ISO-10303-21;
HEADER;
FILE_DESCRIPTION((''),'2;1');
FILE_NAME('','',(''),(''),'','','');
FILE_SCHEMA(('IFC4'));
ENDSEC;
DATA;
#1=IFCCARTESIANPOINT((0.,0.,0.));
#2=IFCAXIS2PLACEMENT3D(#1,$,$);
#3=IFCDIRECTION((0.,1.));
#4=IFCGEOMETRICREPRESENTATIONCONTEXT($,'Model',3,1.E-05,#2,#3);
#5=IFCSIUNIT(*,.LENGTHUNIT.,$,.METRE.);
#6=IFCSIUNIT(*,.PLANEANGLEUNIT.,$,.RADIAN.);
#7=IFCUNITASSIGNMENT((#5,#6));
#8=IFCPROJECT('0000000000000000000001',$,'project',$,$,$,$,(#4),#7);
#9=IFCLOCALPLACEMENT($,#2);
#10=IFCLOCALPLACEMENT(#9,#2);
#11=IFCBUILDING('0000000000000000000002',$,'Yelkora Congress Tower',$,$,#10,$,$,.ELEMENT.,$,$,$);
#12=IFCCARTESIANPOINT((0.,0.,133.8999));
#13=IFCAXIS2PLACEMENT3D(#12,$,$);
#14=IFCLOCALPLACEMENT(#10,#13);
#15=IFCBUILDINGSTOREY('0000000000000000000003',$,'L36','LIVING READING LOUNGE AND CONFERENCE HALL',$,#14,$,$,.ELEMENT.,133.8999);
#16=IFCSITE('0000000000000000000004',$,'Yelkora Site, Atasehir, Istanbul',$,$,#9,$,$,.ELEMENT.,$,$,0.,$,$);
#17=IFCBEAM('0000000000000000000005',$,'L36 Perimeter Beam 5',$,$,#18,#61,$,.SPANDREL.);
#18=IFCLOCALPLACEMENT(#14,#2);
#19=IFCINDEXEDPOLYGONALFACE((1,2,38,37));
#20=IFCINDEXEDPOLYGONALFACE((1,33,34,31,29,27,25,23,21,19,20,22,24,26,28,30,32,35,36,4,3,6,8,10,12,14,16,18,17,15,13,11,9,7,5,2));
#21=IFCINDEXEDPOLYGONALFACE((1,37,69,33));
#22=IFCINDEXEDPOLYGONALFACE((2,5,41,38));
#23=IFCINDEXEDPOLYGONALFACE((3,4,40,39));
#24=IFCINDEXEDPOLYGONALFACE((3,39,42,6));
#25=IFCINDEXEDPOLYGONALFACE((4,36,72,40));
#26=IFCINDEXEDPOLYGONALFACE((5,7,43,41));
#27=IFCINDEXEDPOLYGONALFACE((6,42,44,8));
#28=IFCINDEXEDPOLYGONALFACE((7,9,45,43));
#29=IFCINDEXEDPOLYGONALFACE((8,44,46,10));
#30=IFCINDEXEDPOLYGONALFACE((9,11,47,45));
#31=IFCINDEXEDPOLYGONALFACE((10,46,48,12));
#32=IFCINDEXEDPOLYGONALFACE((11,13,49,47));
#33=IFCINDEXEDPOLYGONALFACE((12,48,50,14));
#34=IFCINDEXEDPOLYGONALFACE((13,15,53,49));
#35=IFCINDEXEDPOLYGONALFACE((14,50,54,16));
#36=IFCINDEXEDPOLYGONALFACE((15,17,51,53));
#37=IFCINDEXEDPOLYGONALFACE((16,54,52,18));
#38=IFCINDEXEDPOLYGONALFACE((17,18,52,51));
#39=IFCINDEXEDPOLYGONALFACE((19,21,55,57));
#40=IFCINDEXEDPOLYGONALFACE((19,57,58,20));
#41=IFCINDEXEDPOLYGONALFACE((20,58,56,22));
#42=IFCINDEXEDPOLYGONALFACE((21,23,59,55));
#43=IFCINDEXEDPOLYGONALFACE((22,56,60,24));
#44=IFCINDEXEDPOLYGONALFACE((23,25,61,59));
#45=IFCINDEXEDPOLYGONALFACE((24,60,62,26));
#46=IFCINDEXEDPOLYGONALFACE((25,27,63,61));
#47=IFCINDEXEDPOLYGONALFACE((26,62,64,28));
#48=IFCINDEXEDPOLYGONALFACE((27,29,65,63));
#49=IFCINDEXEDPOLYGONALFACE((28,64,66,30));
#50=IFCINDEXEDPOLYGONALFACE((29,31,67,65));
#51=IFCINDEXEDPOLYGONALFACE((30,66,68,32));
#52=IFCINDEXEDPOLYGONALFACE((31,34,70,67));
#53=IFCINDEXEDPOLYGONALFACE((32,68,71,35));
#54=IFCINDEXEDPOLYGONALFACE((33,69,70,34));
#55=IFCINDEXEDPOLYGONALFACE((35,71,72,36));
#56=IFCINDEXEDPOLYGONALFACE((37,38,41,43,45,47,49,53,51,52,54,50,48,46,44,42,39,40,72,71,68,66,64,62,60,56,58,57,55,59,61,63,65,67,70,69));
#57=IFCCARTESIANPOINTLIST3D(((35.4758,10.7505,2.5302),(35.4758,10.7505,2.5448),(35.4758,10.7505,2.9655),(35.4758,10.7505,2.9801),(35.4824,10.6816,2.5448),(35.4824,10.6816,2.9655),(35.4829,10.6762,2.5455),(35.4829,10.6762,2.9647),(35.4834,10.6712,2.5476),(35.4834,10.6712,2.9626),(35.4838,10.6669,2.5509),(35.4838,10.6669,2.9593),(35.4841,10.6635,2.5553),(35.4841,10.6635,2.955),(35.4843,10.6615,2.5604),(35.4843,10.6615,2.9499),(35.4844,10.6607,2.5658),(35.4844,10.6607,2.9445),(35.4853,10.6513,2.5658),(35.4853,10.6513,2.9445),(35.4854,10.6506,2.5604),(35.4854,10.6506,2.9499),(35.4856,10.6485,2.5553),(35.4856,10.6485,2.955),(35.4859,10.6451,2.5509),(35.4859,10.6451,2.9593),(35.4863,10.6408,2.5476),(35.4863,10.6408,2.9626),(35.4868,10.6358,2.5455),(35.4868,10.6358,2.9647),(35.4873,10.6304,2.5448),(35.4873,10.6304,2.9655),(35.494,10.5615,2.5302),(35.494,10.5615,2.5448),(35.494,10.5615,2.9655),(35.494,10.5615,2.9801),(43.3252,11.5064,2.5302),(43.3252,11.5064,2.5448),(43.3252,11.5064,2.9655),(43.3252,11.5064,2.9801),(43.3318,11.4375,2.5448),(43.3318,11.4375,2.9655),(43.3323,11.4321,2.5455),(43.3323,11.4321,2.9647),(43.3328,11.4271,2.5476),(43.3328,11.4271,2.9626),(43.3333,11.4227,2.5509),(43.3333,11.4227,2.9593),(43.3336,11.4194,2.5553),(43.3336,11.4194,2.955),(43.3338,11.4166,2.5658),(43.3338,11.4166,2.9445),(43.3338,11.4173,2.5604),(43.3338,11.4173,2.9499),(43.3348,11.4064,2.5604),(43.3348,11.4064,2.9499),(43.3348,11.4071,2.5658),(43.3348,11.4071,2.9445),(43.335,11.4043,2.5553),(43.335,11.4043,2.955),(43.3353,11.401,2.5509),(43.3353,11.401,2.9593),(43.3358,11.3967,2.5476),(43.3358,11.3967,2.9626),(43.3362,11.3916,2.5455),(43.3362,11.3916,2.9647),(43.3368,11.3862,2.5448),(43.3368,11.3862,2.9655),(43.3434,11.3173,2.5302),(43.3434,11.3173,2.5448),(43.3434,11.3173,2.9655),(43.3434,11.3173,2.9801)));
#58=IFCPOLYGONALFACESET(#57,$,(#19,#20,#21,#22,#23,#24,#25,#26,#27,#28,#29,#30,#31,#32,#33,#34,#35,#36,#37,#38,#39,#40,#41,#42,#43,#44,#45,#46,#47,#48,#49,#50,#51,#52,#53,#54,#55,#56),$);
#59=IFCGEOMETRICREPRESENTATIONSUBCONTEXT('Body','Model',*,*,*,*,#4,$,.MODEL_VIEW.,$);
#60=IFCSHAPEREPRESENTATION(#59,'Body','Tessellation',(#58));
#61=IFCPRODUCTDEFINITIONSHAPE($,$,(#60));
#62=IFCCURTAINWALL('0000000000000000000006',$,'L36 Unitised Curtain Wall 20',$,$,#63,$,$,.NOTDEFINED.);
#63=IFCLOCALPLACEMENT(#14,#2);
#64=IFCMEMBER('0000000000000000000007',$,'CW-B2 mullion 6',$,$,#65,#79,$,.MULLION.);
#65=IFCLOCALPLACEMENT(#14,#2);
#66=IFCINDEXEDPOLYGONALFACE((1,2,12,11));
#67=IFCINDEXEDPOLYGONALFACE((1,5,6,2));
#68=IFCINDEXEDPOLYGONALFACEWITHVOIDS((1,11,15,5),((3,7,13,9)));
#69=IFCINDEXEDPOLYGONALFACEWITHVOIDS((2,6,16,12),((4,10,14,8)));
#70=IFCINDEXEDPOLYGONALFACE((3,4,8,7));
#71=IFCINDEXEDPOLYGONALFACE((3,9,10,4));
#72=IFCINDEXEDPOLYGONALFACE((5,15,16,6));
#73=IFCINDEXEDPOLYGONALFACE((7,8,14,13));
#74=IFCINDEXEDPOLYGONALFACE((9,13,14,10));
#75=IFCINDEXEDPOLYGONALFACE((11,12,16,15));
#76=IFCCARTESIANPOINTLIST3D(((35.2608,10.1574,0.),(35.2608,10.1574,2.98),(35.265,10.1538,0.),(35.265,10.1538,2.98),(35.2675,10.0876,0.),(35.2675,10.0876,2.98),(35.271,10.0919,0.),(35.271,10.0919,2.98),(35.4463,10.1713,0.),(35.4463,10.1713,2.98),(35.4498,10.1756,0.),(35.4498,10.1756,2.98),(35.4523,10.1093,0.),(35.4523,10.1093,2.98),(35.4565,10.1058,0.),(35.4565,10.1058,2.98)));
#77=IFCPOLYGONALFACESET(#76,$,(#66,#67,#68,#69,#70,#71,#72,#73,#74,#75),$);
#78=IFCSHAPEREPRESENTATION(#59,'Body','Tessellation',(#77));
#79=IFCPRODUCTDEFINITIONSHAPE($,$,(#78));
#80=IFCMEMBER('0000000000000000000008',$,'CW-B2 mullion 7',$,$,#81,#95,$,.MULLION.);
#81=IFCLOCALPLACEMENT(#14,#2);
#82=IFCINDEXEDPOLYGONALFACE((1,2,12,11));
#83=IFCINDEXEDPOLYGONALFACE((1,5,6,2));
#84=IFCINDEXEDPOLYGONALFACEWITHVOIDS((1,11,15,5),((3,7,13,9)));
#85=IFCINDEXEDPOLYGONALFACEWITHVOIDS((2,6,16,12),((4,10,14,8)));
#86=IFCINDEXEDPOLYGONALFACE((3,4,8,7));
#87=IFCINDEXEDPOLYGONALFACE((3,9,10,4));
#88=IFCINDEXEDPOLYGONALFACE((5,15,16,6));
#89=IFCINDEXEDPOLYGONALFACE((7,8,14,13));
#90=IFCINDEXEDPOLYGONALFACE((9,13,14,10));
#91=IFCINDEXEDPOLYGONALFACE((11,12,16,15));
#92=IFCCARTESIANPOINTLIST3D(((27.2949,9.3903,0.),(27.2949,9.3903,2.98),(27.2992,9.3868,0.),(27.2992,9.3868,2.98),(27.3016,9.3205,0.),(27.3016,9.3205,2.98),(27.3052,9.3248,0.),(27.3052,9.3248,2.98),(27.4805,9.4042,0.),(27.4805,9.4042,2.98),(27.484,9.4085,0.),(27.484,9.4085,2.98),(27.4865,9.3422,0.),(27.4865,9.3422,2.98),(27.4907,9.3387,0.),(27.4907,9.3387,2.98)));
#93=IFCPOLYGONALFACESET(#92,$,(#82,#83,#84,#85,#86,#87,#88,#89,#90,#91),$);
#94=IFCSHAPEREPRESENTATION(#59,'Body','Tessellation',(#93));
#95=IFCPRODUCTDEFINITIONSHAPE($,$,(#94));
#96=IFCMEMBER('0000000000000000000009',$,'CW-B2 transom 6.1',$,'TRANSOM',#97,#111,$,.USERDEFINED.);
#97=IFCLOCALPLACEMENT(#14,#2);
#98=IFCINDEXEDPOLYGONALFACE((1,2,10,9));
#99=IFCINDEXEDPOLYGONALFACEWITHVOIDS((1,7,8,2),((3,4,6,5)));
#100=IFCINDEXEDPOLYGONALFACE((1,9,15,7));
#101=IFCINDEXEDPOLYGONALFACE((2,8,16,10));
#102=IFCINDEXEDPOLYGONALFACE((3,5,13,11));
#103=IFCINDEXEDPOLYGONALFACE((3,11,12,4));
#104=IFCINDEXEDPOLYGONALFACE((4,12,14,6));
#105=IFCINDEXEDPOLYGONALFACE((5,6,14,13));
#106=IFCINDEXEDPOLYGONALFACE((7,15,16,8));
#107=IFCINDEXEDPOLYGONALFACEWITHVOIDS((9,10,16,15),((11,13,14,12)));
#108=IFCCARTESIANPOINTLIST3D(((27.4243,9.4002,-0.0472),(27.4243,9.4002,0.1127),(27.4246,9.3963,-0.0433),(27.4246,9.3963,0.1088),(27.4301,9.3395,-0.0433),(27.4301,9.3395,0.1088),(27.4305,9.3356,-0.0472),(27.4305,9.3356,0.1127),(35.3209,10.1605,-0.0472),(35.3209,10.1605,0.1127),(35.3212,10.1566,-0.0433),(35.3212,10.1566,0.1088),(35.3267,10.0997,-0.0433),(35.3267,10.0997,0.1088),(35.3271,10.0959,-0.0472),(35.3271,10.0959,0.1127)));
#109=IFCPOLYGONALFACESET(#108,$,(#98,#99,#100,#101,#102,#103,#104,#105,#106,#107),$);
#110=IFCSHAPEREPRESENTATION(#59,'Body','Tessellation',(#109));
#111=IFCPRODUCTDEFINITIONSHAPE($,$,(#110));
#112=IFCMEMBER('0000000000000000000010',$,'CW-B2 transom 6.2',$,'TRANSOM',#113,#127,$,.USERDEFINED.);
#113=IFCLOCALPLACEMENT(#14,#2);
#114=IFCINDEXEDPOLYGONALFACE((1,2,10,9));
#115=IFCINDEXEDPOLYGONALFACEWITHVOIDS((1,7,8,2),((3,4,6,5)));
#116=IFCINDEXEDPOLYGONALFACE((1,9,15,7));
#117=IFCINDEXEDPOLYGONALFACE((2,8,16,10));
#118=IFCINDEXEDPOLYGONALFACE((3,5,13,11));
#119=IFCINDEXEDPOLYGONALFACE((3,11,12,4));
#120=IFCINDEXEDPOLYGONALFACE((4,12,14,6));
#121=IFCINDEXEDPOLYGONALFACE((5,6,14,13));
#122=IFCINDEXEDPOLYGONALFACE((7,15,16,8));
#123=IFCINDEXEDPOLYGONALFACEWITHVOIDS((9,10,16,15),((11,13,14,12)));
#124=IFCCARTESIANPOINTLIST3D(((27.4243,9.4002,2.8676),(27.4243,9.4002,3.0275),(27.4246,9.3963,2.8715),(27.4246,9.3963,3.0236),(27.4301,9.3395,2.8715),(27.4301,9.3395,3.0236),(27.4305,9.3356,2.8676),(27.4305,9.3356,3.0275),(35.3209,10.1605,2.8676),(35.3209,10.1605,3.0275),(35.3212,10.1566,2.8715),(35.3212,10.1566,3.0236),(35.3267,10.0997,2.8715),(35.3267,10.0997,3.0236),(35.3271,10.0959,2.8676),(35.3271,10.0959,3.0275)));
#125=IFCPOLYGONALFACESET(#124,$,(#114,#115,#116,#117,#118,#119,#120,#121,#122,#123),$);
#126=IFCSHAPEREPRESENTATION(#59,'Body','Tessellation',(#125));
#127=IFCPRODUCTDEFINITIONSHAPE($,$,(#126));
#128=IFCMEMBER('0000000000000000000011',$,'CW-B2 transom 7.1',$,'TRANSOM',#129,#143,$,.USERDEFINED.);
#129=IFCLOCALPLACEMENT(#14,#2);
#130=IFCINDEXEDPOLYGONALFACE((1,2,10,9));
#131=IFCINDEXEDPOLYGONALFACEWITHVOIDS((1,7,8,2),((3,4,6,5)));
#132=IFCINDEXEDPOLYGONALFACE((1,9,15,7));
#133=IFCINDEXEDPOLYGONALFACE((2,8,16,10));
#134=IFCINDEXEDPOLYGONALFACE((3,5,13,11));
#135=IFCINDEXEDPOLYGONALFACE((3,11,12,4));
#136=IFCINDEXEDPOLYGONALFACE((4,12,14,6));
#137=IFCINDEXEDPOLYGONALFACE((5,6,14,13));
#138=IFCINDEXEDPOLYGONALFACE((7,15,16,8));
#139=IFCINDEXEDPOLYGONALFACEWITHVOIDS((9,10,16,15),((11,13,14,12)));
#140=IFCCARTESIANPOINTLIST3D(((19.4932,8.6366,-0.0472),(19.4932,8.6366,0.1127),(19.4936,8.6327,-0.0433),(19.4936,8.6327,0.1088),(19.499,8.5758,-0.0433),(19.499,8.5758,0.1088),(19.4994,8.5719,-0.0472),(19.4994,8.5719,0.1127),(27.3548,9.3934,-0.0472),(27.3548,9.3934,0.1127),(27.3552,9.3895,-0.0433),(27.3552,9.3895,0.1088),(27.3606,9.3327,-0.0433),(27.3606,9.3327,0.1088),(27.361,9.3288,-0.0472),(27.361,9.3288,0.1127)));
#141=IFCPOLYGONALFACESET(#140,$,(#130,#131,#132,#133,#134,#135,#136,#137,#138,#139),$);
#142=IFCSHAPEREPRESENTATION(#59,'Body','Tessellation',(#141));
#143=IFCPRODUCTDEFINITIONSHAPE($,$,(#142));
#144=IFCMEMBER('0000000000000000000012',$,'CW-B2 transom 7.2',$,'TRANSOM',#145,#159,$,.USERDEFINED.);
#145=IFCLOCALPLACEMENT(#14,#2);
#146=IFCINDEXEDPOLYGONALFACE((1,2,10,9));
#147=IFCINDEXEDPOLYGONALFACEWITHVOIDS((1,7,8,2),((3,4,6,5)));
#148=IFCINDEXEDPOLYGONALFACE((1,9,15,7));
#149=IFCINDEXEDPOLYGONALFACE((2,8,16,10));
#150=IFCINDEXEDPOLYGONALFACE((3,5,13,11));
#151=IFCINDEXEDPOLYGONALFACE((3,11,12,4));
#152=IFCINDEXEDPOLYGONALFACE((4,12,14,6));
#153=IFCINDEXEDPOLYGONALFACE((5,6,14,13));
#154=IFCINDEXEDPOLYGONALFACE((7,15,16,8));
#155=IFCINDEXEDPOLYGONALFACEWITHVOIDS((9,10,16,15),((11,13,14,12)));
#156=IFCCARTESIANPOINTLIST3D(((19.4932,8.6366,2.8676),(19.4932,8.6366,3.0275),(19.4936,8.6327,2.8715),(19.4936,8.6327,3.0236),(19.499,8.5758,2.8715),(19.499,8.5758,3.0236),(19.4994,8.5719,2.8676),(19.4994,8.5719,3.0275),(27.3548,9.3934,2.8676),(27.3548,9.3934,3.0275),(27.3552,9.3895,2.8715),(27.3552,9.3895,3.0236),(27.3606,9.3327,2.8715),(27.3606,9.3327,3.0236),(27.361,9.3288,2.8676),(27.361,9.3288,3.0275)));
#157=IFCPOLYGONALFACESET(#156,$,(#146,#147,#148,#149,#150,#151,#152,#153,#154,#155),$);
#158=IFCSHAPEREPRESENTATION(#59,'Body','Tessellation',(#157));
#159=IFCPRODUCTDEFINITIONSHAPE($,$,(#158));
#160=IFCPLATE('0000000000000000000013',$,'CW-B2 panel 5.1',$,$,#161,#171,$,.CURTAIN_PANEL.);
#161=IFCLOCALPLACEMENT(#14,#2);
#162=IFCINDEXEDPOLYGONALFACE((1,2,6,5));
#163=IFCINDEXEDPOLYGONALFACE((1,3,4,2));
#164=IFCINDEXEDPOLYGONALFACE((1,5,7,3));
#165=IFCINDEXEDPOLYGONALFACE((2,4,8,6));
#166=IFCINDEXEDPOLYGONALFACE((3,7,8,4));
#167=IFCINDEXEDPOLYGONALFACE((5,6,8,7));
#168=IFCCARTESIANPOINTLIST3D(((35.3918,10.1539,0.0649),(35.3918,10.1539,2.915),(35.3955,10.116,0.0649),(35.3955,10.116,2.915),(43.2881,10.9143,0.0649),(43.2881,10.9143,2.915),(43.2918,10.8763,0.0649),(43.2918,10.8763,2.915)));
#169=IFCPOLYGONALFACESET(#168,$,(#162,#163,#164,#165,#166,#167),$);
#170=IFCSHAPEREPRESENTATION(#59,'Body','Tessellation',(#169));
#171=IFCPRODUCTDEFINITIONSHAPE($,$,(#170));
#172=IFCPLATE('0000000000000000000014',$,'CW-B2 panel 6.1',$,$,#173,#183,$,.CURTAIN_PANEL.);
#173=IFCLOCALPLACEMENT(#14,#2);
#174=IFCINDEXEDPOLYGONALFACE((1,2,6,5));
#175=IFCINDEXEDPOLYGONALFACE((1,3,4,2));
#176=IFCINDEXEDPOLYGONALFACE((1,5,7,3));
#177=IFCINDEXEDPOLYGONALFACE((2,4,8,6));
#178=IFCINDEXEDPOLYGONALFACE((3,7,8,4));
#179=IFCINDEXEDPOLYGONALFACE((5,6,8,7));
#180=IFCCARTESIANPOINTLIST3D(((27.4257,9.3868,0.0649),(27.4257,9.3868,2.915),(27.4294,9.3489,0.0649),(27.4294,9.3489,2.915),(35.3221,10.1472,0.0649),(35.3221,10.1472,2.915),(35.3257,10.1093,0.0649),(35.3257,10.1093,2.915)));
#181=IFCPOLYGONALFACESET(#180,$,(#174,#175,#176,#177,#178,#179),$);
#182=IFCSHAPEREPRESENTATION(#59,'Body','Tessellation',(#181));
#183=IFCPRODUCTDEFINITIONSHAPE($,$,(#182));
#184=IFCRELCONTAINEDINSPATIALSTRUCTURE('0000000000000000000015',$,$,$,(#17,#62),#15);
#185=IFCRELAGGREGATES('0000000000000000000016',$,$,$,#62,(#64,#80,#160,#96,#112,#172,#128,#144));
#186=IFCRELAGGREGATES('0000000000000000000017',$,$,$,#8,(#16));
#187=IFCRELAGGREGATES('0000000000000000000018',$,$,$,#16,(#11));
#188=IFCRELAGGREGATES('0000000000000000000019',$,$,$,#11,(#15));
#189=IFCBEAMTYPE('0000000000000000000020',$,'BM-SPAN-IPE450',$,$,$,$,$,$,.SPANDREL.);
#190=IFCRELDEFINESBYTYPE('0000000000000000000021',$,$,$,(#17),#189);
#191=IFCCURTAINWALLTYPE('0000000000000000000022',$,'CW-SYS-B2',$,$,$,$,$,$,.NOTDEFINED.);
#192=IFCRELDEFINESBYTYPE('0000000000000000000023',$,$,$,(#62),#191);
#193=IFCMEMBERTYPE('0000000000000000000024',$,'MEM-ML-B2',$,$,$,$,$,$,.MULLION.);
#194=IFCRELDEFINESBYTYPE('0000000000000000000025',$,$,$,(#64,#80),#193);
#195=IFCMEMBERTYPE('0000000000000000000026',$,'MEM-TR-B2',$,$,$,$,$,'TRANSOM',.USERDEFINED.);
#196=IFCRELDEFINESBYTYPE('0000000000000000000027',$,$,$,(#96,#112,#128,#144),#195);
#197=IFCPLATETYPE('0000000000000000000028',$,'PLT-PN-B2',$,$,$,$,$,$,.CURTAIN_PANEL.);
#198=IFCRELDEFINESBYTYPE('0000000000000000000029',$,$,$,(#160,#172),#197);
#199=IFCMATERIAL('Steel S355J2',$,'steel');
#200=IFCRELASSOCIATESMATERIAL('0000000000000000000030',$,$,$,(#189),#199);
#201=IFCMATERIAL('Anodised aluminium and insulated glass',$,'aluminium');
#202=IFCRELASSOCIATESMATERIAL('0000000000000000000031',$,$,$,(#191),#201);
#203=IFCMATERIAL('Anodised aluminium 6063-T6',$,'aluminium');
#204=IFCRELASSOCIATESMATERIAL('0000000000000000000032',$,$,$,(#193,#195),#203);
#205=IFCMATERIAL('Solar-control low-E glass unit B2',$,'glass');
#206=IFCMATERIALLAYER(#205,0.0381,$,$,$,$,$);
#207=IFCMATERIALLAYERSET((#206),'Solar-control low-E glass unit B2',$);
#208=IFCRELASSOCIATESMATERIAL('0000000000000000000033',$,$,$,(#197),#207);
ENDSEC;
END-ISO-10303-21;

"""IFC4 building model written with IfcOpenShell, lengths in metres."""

from ifc_helpers import new_model, si_unit, direction, frame, origin, origin_2d, place, context, subcontext, project, spatial, rectangle, hollow_rectangle, i_section, extrude, material, layer, layer_set, material_profile, profile_set, type_object, element, aggregate, save


model = new_model("IFC4")

# Units and contexts
model_context = context("Model", 3, precision=1e-05, world=origin(), true_north=direction((0.0, 1.0)))
body_context = subcontext(model_context, "Body", "Model", "MODEL_VIEW")
ifc_project = project(units=[si_unit("LENGTHUNIT", "METRE"), si_unit("PLANEANGLEUNIT", "RADIAN")], contexts=[model_context])

# Site, building, storey
site_placement = place(None, origin())
site = spatial("IfcSite", under=ifc_project, at=site_placement, Name="Yelkora Site, Atasehir, Istanbul", CompositionType="ELEMENT", RefElevation=0.0)
building_placement = place(site_placement, origin())
building = spatial("IfcBuilding", under=site, at=building_placement, Name="Yelkora Congress Tower", CompositionType="ELEMENT")
storey_placement = place(building_placement, frame((0.0, 0.0, 133.8999)))
storey = spatial("IfcBuildingStorey", under=building, at=storey_placement, Name="L36", Description="LIVING READING LOUNGE AND CONFERENCE HALL", CompositionType="ELEMENT", Elevation=133.8999)

# Beam
ifc_material_1 = material(Name="Steel S355J2", Category="steel")
ifc_material_profile_1 = material_profile(ifc_material_1, i_section(OverallWidth=0.1899, OverallDepth=0.45, WebThickness=0.0095, FlangeThickness=0.0146, FilletRadius=0.021, at=origin_2d()), Name="IPE 450")
ifc_profile_set_1 = profile_set([ifc_material_profile_1], Name="Steel S355J2")
beam_type_1 = type_object("IfcBeamType", Name="BM-SPAN-IPE450", PredefinedType="SPANDREL", material=ifc_profile_set_1)
for number, where, z_axis, x_axis, name in (
    (1, (35.4849, 10.656, 2.7551), (0.995396, 0.095852, 0.0), (-0.095852, 0.995396, 0.0), "L36 Perimeter Beam 5"),
):
    element("IfcBeam", number, at=place(storey_placement, frame(where, z_axis=z_axis, x_axis=x_axis)), inside=storey, type_object=beam_type_1, Name=name, PredefinedType="SPANDREL", context=body_context, shape_type="SweptSolid", body=[
        extrude(i_section(OverallWidth=0.1899, OverallDepth=0.45, WebThickness=0.0095, FlangeThickness=0.0146, FilletRadius=0.021, at=origin_2d()), origin(), (0.0, 0.0, 1.0), 7.8857),
    ])

# Curtain wall, members, plates
ifc_material_2 = material(Name="Anodised aluminium and insulated glass", Category="aluminium")
curtain_wall_type = type_object("IfcCurtainWallType", Name="CW-SYS-B2", PredefinedType="NOTDEFINED", material=ifc_material_2)
curtain_wall_placement = place(storey_placement, origin())
curtain_wall = element("IfcCurtainWall", 2, at=curtain_wall_placement, inside=storey, type_object=curtain_wall_type, Name="L36 Unitised Curtain Wall 20", PredefinedType="NOTDEFINED")
ifc_material_3 = material(Name="Anodised aluminium 6063-T6", Category="aluminium")
ifc_material_profile_2 = material_profile(ifc_material_3, hollow_rectangle(XDim=0.0701, YDim=0.1899, WallThickness=0.0039, at=origin_2d()), Name="ALU 70x190x4")
ifc_profile_set_2 = profile_set([ifc_material_profile_2], Name="Anodised aluminium 6063-T6")
member_type_1 = type_object("IfcMemberType", Name="MEM-ML-B2", PredefinedType="MULLION", material=ifc_profile_set_2)
member_1_placement = place(storey_placement, frame((35.3586, 10.1316, 0.0), z_axis=(0.0, 0.0, 1.0), x_axis=(0.095844, -0.995396, 0.0)))
member_1 = element("IfcMember", 3, at=member_1_placement, type_object=member_type_1, Name="CW-B2 mullion 6", PredefinedType="MULLION", context=body_context, shape_type="SweptSolid", body=[
    extrude(hollow_rectangle(XDim=0.0701, YDim=0.1899, WallThickness=0.0039, at=origin_2d()), origin(), (0.0, 0.0, 1.0), 2.98),
])
member_2_placement = place(storey_placement, frame((27.3928, 9.3645, 0.0), z_axis=(0.0, 0.0, 1.0), x_axis=(0.095844, -0.995396, 0.0)))
member_2 = element("IfcMember", 4, at=member_2_placement, type_object=member_type_1, Name="CW-B2 mullion 7", PredefinedType="MULLION", context=body_context, shape_type="SweptSolid", body=[
    extrude(hollow_rectangle(XDim=0.0701, YDim=0.1899, WallThickness=0.0039, at=origin_2d()), origin(), (0.0, 0.0, 1.0), 2.98),
])
ifc_material_profile_3 = material_profile(ifc_material_3, hollow_rectangle(XDim=0.0649, YDim=0.1599, WallThickness=0.0039, at=origin_2d()), Name="ALU 65x160x4")
ifc_profile_set_3 = profile_set([ifc_material_profile_3], Name="Anodised aluminium 6063-T6")
member_type_2 = type_object("IfcMemberType", Name="MEM-TR-B2", ElementType="TRANSOM", PredefinedType="USERDEFINED", material=ifc_profile_set_3)
member_3_placement = place(storey_placement, frame((35.324, 10.1282, 0.0327), z_axis=(-0.995397, -0.095834, 0.0), x_axis=(0.095834, -0.995397, 0.0)))
member_3 = element("IfcMember", 5, at=member_3_placement, type_object=member_type_2, Name="CW-B2 transom 6.1", ObjectType="TRANSOM", PredefinedType="USERDEFINED", context=body_context, shape_type="SweptSolid", body=[
    extrude(hollow_rectangle(XDim=0.0649, YDim=0.1599, WallThickness=0.0039, at=origin_2d()), origin(), (0.0, 0.0, 1.0), 7.9331),
])
member_4_placement = place(storey_placement, frame((35.324, 10.1282, 2.9475), z_axis=(-0.995397, -0.095834, 0.0), x_axis=(0.095834, -0.995397, 0.0)))
member_4 = element("IfcMember", 6, at=member_4_placement, type_object=member_type_2, Name="CW-B2 transom 6.2", ObjectType="TRANSOM", PredefinedType="USERDEFINED", context=body_context, shape_type="SweptSolid", body=[
    extrude(hollow_rectangle(XDim=0.0649, YDim=0.1599, WallThickness=0.0039, at=origin_2d()), origin(), (0.0, 0.0, 1.0), 7.9331),
])
member_5_placement = place(storey_placement, frame((27.3579, 9.3611, 0.0327), z_axis=(-0.995398, -0.095827, 0.0), x_axis=(0.095827, -0.995398, 0.0)))
member_5 = element("IfcMember", 7, at=member_5_placement, type_object=member_type_2, Name="CW-B2 transom 7.1", ObjectType="TRANSOM", PredefinedType="USERDEFINED", context=body_context, shape_type="SweptSolid", body=[
    extrude(hollow_rectangle(XDim=0.0649, YDim=0.1599, WallThickness=0.0039, at=origin_2d()), origin(), (0.0, 0.0, 1.0), 7.8979),
])
member_6_placement = place(storey_placement, frame((27.3579, 9.3611, 2.9475), z_axis=(-0.995398, -0.095827, 0.0), x_axis=(0.095827, -0.995398, 0.0)))
member_6 = element("IfcMember", 8, at=member_6_placement, type_object=member_type_2, Name="CW-B2 transom 7.2", ObjectType="TRANSOM", PredefinedType="USERDEFINED", context=body_context, shape_type="SweptSolid", body=[
    extrude(hollow_rectangle(XDim=0.0649, YDim=0.1599, WallThickness=0.0039, at=origin_2d()), origin(), (0.0, 0.0, 1.0), 7.8979),
])
ifc_material_4 = material(Name="Solar-control low-E glass unit B2", Category="glass")
ifc_layer_1 = layer(ifc_material_4, 0.0381)
ifc_layer_set_1 = layer_set([ifc_layer_1], Name="Solar-control low-E glass unit B2")
plate_type = type_object("IfcPlateType", Name="PLT-PN-B2", PredefinedType="CURTAIN_PANEL", material=ifc_layer_set_1)
plate_1_placement = place(storey_placement, frame((39.3418, 10.5151, 0.0649), z_axis=(0.0, 0.0, 1.0), x_axis=(-0.995396, -0.095844, 0.0)))
plate_1 = element("IfcPlate", 9, at=plate_1_placement, type_object=plate_type, Name="CW-B2 panel 5.1", PredefinedType="CURTAIN_PANEL", context=body_context, shape_type="SweptSolid", body=[
    extrude(rectangle(XDim=7.9329, YDim=0.0381, at=origin_2d()), origin(), (0.0, 0.0, 1.0), 2.8501),
])
plate_2_placement = place(storey_placement, frame((31.3757, 9.748, 0.0649), z_axis=(0.0, 0.0, 1.0), x_axis=(-0.995396, -0.095844, 0.0)))
plate_2 = element("IfcPlate", 10, at=plate_2_placement, type_object=plate_type, Name="CW-B2 panel 6.1", PredefinedType="CURTAIN_PANEL", context=body_context, shape_type="SweptSolid", body=[
    extrude(rectangle(XDim=7.9329, YDim=0.0381, at=origin_2d()), origin(), (0.0, 0.0, 1.0), 2.8501),
])
aggregate(curtain_wall, [member_1, member_2, plate_1, member_3, member_4, plate_2, member_5, member_6])

save(model, "model.ifc")
